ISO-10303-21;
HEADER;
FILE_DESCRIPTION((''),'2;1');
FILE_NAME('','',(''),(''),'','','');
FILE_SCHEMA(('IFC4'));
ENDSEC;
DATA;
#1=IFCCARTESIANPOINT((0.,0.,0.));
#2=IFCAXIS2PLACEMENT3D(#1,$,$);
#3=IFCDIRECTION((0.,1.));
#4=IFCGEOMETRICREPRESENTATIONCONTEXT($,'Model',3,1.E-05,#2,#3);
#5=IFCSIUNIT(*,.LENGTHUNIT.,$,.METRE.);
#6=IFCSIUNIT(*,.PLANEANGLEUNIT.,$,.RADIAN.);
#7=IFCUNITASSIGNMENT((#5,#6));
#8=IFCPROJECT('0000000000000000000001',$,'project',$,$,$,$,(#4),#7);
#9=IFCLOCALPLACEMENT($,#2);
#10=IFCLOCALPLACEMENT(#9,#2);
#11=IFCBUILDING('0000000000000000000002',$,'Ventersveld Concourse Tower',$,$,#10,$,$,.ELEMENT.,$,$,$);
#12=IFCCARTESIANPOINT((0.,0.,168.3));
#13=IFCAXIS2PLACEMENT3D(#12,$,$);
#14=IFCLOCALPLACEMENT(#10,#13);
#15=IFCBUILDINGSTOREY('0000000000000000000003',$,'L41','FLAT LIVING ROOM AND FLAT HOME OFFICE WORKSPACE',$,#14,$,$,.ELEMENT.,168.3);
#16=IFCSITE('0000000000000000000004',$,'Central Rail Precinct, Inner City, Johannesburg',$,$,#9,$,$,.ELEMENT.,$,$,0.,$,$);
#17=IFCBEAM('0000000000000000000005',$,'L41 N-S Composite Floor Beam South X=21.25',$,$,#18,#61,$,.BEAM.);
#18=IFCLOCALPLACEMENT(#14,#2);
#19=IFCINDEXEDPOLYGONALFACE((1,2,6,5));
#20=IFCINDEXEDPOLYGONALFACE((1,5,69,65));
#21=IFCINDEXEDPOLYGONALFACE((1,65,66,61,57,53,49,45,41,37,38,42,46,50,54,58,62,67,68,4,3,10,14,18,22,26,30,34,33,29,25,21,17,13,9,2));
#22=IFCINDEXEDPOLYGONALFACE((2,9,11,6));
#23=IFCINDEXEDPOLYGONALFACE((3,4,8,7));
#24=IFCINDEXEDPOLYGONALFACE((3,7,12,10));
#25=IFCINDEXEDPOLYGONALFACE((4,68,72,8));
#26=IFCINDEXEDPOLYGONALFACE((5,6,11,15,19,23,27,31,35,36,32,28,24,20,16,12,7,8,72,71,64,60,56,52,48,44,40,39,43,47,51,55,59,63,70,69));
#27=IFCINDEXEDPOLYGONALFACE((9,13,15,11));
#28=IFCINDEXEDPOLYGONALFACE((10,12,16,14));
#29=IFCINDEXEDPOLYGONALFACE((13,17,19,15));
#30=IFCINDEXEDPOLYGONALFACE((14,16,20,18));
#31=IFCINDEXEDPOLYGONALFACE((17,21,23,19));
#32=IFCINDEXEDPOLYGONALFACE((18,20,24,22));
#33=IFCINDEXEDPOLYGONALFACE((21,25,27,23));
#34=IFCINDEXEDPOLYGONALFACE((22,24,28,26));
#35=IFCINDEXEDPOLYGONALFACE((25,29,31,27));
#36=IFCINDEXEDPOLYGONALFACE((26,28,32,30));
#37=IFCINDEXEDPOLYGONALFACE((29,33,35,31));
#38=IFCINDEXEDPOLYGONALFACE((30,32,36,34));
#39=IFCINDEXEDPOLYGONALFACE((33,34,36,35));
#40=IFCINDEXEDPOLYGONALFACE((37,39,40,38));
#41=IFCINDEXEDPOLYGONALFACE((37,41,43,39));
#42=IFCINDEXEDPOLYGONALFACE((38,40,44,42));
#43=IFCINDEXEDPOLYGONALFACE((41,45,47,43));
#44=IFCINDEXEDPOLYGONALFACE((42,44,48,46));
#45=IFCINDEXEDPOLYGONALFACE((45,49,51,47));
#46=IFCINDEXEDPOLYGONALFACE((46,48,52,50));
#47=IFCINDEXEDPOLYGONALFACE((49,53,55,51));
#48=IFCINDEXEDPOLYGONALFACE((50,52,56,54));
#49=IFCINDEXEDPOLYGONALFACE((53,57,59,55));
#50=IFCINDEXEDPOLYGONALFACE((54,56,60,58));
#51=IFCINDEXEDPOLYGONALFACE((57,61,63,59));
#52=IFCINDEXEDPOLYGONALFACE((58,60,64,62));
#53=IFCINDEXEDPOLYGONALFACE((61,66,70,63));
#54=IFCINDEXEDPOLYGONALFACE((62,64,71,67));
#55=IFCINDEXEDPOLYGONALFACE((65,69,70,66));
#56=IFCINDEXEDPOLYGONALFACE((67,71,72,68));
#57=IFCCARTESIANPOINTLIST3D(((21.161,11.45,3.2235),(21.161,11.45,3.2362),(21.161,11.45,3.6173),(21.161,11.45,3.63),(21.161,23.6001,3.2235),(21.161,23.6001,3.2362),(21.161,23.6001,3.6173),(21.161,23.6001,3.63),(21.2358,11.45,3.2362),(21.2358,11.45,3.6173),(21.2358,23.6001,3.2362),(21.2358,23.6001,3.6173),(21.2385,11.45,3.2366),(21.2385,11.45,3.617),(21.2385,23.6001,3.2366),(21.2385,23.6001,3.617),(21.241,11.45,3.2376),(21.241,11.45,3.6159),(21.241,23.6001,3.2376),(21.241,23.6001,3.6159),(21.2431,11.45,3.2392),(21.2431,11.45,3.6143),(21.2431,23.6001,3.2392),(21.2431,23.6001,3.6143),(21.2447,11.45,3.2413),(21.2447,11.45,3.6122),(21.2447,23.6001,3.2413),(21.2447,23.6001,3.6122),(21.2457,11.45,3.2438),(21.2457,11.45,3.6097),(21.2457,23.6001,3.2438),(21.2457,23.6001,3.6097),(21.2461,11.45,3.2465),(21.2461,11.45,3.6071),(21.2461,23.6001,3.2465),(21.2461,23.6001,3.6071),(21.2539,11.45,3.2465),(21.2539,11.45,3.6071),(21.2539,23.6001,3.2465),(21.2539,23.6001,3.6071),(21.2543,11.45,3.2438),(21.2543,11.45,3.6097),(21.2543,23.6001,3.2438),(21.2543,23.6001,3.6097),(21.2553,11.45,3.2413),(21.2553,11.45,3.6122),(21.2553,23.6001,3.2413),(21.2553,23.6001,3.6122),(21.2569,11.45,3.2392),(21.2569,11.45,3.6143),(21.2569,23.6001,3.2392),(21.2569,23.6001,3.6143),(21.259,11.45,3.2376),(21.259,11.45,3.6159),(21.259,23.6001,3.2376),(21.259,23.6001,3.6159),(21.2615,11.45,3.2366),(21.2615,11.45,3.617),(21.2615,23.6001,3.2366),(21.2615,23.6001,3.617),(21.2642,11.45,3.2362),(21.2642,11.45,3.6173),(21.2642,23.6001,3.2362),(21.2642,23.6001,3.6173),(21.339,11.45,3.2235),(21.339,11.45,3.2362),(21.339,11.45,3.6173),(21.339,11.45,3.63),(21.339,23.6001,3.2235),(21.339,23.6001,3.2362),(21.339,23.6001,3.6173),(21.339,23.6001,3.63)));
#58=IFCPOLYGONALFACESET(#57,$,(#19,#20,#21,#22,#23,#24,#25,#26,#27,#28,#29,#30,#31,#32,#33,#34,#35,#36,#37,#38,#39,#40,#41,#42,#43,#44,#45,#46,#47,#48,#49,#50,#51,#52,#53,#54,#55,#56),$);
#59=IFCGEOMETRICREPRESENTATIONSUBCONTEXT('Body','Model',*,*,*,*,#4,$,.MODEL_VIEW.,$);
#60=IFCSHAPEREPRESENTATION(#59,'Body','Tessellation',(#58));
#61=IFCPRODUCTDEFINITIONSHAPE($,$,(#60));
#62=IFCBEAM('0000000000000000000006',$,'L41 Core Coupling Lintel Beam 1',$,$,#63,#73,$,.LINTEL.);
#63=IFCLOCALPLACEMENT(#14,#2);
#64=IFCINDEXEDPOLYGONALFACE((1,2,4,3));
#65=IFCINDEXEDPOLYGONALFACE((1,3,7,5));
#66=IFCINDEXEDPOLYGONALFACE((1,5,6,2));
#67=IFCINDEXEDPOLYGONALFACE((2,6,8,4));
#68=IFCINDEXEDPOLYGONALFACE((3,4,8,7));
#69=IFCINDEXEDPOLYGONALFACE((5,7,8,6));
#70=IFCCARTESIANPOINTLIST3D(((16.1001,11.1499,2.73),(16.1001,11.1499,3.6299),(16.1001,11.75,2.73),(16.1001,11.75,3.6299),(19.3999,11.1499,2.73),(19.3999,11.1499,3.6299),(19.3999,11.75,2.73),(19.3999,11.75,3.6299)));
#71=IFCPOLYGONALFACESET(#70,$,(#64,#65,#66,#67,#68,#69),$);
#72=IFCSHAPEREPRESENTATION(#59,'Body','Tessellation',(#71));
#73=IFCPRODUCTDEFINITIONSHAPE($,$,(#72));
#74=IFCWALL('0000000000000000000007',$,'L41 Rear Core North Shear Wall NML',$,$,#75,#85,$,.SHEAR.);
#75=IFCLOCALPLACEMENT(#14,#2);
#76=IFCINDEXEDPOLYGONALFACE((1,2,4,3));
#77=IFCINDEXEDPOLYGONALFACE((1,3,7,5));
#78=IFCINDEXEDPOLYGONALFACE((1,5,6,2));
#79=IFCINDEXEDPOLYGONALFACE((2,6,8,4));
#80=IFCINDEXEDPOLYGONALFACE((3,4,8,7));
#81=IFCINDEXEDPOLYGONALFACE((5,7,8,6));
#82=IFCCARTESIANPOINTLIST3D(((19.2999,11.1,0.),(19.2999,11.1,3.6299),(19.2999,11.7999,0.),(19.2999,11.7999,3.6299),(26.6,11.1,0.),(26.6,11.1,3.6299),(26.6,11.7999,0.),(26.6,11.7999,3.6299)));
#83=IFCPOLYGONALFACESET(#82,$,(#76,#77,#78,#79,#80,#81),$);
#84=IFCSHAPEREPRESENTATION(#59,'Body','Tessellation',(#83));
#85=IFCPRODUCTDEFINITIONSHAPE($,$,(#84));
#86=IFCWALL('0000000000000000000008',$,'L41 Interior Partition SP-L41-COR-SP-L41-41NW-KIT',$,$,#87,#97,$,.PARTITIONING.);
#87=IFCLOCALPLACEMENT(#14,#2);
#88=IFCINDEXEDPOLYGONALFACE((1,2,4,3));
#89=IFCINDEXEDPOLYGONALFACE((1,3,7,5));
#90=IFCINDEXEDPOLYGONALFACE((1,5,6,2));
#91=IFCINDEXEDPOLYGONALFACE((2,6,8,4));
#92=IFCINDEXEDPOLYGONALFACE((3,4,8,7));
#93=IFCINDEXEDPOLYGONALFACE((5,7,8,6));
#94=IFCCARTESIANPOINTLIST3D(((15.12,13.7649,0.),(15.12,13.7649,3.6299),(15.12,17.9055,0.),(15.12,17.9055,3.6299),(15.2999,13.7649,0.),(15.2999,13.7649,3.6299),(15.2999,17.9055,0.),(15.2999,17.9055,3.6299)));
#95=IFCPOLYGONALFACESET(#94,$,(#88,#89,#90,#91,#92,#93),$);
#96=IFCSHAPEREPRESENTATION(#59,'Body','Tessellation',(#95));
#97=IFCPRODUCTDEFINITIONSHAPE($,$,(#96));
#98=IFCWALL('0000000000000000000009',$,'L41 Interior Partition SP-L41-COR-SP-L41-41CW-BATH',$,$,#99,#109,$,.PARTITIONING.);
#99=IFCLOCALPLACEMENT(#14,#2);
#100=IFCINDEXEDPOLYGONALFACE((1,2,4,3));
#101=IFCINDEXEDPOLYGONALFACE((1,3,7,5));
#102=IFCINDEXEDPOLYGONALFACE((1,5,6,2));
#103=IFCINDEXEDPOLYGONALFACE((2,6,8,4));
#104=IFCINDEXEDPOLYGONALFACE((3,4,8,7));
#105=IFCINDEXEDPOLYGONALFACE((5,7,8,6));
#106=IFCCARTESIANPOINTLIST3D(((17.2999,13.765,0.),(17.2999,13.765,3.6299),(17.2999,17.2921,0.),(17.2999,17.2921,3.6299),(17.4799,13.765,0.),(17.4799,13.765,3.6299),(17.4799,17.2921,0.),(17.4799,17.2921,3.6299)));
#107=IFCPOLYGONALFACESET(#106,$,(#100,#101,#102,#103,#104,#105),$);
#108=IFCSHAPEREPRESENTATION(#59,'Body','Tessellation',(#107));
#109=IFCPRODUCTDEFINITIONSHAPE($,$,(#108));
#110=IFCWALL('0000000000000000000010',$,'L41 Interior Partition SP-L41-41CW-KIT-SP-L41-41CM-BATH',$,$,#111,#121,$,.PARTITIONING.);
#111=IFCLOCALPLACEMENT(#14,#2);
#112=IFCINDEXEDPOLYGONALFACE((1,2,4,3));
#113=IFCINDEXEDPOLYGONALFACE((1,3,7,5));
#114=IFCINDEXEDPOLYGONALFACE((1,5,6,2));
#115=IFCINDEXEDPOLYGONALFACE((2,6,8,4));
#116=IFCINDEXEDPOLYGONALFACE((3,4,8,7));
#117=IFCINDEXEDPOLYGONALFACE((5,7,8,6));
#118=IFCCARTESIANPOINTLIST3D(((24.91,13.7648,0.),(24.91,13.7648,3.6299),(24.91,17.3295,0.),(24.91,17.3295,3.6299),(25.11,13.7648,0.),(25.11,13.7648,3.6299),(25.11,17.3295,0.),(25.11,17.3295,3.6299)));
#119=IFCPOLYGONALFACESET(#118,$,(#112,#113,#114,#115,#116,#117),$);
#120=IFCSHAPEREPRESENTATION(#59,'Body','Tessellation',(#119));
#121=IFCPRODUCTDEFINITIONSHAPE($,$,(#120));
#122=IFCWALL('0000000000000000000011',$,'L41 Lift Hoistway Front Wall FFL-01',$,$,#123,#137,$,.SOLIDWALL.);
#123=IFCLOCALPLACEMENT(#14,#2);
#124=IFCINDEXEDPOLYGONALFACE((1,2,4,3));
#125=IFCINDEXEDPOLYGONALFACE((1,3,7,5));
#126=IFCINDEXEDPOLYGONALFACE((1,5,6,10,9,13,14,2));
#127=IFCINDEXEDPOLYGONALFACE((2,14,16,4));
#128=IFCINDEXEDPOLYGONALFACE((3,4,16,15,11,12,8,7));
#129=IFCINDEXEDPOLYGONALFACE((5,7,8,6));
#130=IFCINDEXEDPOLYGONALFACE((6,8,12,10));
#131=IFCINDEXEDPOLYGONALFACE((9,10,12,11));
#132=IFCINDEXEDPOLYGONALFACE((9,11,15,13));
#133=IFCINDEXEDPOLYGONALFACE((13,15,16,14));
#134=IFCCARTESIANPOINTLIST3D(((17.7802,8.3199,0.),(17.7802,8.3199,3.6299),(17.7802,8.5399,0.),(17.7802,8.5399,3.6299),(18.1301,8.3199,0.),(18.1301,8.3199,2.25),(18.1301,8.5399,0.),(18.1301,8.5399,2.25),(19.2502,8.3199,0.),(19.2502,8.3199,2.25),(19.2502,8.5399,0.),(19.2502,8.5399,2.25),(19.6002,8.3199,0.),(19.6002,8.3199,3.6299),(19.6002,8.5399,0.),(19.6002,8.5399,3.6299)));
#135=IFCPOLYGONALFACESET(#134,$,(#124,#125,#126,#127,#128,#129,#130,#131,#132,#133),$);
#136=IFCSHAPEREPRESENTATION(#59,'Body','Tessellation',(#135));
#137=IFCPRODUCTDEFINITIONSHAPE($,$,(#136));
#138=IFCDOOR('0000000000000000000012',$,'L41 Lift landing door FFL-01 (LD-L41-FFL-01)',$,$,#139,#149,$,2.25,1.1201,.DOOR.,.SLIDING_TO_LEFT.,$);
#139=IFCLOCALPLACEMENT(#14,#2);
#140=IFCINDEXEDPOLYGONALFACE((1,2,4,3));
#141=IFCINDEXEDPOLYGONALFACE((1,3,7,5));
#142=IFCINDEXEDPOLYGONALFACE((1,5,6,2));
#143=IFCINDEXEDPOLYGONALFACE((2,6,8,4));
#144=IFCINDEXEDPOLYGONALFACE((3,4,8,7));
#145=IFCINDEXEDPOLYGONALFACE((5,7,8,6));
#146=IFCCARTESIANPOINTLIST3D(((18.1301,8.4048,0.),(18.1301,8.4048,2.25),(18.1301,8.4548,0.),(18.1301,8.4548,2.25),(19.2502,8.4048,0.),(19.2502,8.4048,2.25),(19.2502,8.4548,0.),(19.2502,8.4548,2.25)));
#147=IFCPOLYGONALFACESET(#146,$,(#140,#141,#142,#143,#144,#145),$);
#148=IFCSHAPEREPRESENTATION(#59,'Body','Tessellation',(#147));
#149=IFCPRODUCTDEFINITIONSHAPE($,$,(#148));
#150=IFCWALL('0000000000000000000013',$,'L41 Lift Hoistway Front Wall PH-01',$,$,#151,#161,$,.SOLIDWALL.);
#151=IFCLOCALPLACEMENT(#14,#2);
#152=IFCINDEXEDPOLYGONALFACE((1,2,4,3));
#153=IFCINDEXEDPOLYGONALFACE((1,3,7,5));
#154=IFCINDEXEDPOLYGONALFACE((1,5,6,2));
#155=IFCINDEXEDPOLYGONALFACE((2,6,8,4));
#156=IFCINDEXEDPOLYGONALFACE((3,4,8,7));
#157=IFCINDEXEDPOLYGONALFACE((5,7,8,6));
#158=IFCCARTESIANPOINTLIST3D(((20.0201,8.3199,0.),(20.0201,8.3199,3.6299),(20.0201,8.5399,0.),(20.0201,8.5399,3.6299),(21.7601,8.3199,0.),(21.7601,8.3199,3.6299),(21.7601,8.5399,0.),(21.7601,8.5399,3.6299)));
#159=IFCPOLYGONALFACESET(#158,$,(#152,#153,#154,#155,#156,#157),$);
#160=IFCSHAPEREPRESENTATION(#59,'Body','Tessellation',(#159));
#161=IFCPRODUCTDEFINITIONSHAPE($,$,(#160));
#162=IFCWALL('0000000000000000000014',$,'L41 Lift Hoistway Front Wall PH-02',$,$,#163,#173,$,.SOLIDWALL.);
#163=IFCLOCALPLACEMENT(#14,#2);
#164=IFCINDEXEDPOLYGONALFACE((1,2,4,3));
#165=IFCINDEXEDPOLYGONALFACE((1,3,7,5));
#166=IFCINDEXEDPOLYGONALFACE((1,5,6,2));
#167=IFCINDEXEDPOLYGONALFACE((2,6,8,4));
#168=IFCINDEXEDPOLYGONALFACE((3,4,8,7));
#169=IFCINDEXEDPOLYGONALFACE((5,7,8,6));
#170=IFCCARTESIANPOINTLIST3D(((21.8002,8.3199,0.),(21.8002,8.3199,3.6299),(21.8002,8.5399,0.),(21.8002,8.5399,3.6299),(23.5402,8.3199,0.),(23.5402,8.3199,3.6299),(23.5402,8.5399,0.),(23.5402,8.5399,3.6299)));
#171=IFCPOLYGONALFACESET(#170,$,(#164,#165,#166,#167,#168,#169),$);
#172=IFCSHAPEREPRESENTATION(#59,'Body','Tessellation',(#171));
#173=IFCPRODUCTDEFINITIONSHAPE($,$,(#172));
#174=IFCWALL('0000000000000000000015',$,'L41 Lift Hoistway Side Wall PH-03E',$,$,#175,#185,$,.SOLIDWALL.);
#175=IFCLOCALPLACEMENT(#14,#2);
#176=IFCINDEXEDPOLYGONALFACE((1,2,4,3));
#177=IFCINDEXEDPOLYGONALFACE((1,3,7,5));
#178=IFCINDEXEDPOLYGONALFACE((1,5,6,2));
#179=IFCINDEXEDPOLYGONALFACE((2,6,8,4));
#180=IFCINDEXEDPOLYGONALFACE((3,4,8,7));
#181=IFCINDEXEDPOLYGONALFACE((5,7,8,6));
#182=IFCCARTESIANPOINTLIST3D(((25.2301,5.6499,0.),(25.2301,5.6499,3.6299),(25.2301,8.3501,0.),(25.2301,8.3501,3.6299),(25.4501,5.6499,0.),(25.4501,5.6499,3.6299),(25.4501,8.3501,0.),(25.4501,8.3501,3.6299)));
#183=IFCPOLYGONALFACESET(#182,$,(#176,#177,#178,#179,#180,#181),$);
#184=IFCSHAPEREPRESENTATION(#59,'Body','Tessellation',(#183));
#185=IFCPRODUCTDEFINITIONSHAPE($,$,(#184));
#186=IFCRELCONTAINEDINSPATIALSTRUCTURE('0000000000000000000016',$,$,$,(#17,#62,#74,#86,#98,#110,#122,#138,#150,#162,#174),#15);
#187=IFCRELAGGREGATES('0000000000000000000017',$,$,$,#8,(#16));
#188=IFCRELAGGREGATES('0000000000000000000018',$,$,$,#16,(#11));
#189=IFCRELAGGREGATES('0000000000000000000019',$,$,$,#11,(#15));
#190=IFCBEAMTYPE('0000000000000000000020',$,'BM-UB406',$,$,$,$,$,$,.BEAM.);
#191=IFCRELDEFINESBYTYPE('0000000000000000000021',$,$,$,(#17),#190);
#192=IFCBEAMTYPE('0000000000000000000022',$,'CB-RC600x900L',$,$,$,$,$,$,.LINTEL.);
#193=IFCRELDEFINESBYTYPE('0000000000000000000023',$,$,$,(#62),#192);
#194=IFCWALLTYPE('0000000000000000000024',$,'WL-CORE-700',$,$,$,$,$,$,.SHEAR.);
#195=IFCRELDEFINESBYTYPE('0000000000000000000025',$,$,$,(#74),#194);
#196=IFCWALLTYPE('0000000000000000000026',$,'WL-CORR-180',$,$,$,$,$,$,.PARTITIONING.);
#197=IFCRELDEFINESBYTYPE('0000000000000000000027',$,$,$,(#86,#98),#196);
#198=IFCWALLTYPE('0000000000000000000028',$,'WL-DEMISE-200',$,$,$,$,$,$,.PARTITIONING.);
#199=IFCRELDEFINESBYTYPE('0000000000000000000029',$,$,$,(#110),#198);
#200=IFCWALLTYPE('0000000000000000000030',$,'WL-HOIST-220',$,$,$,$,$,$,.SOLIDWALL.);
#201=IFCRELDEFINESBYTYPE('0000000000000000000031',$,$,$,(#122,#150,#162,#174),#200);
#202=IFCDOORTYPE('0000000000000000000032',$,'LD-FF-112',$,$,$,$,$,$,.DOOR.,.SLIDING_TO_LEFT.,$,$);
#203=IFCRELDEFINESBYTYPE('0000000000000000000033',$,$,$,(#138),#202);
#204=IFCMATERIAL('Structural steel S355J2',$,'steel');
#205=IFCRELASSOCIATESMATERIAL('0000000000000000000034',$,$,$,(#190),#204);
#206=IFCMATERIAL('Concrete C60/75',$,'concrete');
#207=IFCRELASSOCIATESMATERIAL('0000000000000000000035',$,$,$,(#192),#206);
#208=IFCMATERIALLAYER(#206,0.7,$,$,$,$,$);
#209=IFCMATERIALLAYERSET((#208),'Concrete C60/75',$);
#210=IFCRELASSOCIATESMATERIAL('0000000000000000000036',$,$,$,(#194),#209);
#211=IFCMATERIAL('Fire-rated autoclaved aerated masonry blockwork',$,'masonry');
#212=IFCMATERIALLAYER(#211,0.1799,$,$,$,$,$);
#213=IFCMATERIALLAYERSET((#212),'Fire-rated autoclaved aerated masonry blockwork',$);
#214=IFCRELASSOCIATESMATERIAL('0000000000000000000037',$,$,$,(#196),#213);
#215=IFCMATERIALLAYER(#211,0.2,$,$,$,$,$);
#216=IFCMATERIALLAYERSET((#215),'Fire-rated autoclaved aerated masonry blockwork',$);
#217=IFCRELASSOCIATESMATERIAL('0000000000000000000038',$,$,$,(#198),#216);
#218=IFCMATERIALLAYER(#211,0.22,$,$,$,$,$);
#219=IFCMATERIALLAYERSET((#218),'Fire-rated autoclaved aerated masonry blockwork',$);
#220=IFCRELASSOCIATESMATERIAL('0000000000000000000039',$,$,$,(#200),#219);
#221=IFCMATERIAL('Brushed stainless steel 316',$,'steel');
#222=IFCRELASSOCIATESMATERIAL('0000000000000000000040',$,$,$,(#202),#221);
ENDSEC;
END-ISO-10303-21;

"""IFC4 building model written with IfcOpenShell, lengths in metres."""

from ifc_helpers import new_model, si_unit, direction, frame, frame_2d, origin, origin_2d, place, context, subcontext, project, spatial, rectangle, i_section, extrude, material, layer, layer_set, material_profile, profile_set, type_object, element, fill, save


model = new_model("IFC4")

# Units and contexts
model_context = context("Model", 3, precision=1e-05, world=origin(), true_north=direction((0.0, 1.0)))
body_context = subcontext(model_context, "Body", "Model", "MODEL_VIEW")
ifc_project = project(units=[si_unit("LENGTHUNIT", "METRE"), si_unit("PLANEANGLEUNIT", "RADIAN")], contexts=[model_context])

# Site, building, storey
site_placement = place(None, origin())
site = spatial("IfcSite", under=ifc_project, at=site_placement, Name="Central Rail Precinct, Inner City, Johannesburg", CompositionType="ELEMENT", RefElevation=0.0)
building_placement = place(site_placement, origin())
building = spatial("IfcBuilding", under=site, at=building_placement, Name="Ventersveld Concourse Tower", CompositionType="ELEMENT")
storey_placement = place(building_placement, frame((0.0, 0.0, 168.3)))
storey = spatial("IfcBuildingStorey", under=building, at=storey_placement, Name="L41", Description="FLAT LIVING ROOM AND FLAT HOME OFFICE WORKSPACE", CompositionType="ELEMENT", Elevation=168.3)

# Beams
ifc_material_1 = material(Name="Structural steel S355J2", Category="steel")
ifc_material_profile_1 = material_profile(ifc_material_1, i_section(OverallWidth=0.178, OverallDepth=0.4065, WebThickness=0.0078, FlangeThickness=0.0127, FilletRadius=0.0103, at=origin_2d()), Name="UB 406x178x60")
ifc_profile_set_1 = profile_set([ifc_material_profile_1], Name="Structural steel S355J2")
beam_type_1 = type_object("IfcBeamType", Name="BM-UB406", PredefinedType="BEAM", material=ifc_profile_set_1)
beam_1_placement = place(storey_placement, frame((21.25, 11.45, 3.4268), z_axis=(0.0, 1.0, 0.0), x_axis=(-1.0, 0.0, 0.0)))
element("IfcBeam", 1, at=beam_1_placement, inside=storey, type_object=beam_type_1, Name="L41 N-S Composite Floor Beam South X=21.25", PredefinedType="BEAM", context=body_context, shape_type="SweptSolid", body=[
    extrude(i_section(OverallWidth=0.178, OverallDepth=0.4065, WebThickness=0.0078, FlangeThickness=0.0127, FilletRadius=0.0103, at=origin_2d()), origin(), (0.0, 0.0, 1.0), 12.1501),
])
ifc_material_2 = material(Name="Concrete C60/75", Category="concrete")
ifc_material_profile_2 = material_profile(ifc_material_2, rectangle(XDim=0.6001, YDim=0.8999, at=origin_2d()), Name="RC 600x900")
ifc_profile_set_2 = profile_set([ifc_material_profile_2], Name="Concrete C60/75")
beam_type_2 = type_object("IfcBeamType", Name="CB-RC600x900L", PredefinedType="LINTEL", material=ifc_profile_set_2)
beam_2_placement = place(storey_placement, frame((16.1001, 11.45, 3.1799), z_axis=(1.0, 0.0, 0.0), x_axis=(0.0, 1.0, 0.0)))
element("IfcBeam", 2, at=beam_2_placement, inside=storey, type_object=beam_type_2, Name="L41 Core Coupling Lintel Beam 1", PredefinedType="LINTEL", context=body_context, shape_type="SweptSolid", body=[
    extrude(rectangle(XDim=0.6001, YDim=0.8999, at=origin_2d()), origin(), (0.0, 0.0, 1.0), 3.2998),
])

# Walls
ifc_layer_1 = layer(ifc_material_2, 0.7)
ifc_layer_set_1 = layer_set([ifc_layer_1], Name="Concrete C60/75")
wall_type_1 = type_object("IfcWallType", Name="WL-CORE-700", PredefinedType="SHEAR", material=ifc_layer_set_1)
wall_1_placement = place(storey_placement, frame((19.3, 11.45, 0.0), z_axis=(0.0, 0.0, 1.0), x_axis=(1.0, 0.0, 0.0)))
element("IfcWall", 3, at=wall_1_placement, inside=storey, type_object=wall_type_1, Name="L41 Rear Core North Shear Wall NML", PredefinedType="SHEAR", context=body_context, shape_type="SweptSolid", body=[
    extrude(rectangle(XDim=7.3, YDim=0.7, at=frame_2d((3.6499, 0.0))), origin(), (0.0, 0.0, 1.0), 3.6299),
])
ifc_material_3 = material(Name="Fire-rated autoclaved aerated masonry blockwork", Category="masonry")
ifc_layer_2 = layer(ifc_material_3, 0.1799)
ifc_layer_set_2 = layer_set([ifc_layer_2], Name="Fire-rated autoclaved aerated masonry blockwork")
wall_type_2 = type_object("IfcWallType", Name="WL-CORR-180", PredefinedType="PARTITIONING", material=ifc_layer_set_2)
wall_2_placement = place(storey_placement, frame((15.21, 13.7649, 0.0), z_axis=(0.0, 0.0, 1.0), x_axis=(0.0, 1.0, 0.0)))
element("IfcWall", 4, at=wall_2_placement, inside=storey, type_object=wall_type_2, Name="L41 Interior Partition SP-L41-COR-SP-L41-41NW-KIT", PredefinedType="PARTITIONING", context=body_context, shape_type="SweptSolid", body=[
    extrude(rectangle(XDim=4.1406, YDim=0.1799, at=frame_2d((2.0703, 0.0))), origin(), (0.0, 0.0, 1.0), 3.6299),
])
wall_3_placement = place(storey_placement, frame((17.3899, 13.7649, 0.0), z_axis=(0.0, 0.0, 1.0), x_axis=(0.0, 1.0, 0.0)))
element("IfcWall", 5, at=wall_3_placement, inside=storey, type_object=wall_type_2, Name="L41 Interior Partition SP-L41-COR-SP-L41-41CW-BATH", PredefinedType="PARTITIONING", context=body_context, shape_type="SweptSolid", body=[
    extrude(rectangle(XDim=3.5271, YDim=0.1799, at=frame_2d((1.7637, 0.0))), origin(), (0.0, 0.0, 1.0), 3.6299),
])
ifc_layer_3 = layer(ifc_material_3, 0.2)
ifc_layer_set_3 = layer_set([ifc_layer_3], Name="Fire-rated autoclaved aerated masonry blockwork")
wall_type_3 = type_object("IfcWallType", Name="WL-DEMISE-200", PredefinedType="PARTITIONING", material=ifc_layer_set_3)
wall_4_placement = place(storey_placement, frame((25.01, 13.7649, 0.0), z_axis=(0.0, 0.0, 1.0), x_axis=(0.0, 1.0, 0.0)))
element("IfcWall", 6, at=wall_4_placement, inside=storey, type_object=wall_type_3, Name="L41 Interior Partition SP-L41-41CW-KIT-SP-L41-41CM-BATH", PredefinedType="PARTITIONING", context=body_context, shape_type="SweptSolid", body=[
    extrude(rectangle(XDim=3.5647, YDim=0.2, at=frame_2d((1.7822, 0.0))), origin(), (0.0, 0.0, 1.0), 3.6299),
])

# Wall, opening, door
ifc_layer_4 = layer(ifc_material_3, 0.22)
ifc_layer_set_4 = layer_set([ifc_layer_4], Name="Fire-rated autoclaved aerated masonry blockwork")
wall_type_4 = type_object("IfcWallType", Name="WL-HOIST-220", PredefinedType="SOLIDWALL", material=ifc_layer_set_4)
wall_5_placement = place(storey_placement, frame((17.78, 8.4299, 0.0), z_axis=(0.0, 0.0, 1.0), x_axis=(1.0, 0.0, 0.0)))
wall_5 = element("IfcWall", 7, at=wall_5_placement, inside=storey, type_object=wall_type_4, Name="L41 Lift Hoistway Front Wall FFL-01", PredefinedType="SOLIDWALL", context=body_context, shape_type="SweptSolid", body=[
    extrude(rectangle(XDim=1.8201, YDim=0.22, at=frame_2d((0.9102, 0.0))), origin(), (0.0, 0.0, 1.0), 3.6299),
])
opening_1_placement = place(wall_5_placement, frame((0.3501, 0.0, 0.0)))
opening_1 = element("IfcOpeningElement", 8, at=opening_1_placement, cuts=wall_5, PredefinedType="OPENING", context=body_context, shape_type="SweptSolid", body=[
    extrude(rectangle(XDim=1.1201, YDim=2.25, at=frame_2d((0.5601, 1.125))), frame((0.0, 0.1201, 0.0), z_axis=(0.0, -1.0, 0.0), x_axis=(1.0, 0.0, 0.0)), (0.0, 0.0, 1.0), 0.24),
])
ifc_material_4 = material(Name="Brushed stainless steel 316", Category="steel")
door_type_1 = type_object("IfcDoorType", Name="LD-FF-112", OperationType="SLIDING_TO_LEFT", PredefinedType="DOOR", material=ifc_material_4)
door_1_placement = place(opening_1_placement, origin())
door_1 = element("IfcDoor", 9, at=door_1_placement, inside=storey, type_object=door_type_1, Name="L41 Lift landing door FFL-01 (LD-L41-FFL-01)", OperationType="SLIDING_TO_LEFT", OverallHeight=2.25, OverallWidth=1.1201, PredefinedType="DOOR", context=body_context, shape_type="SweptSolid", body=[
    extrude(rectangle(XDim=1.1201, YDim=2.25, at=frame_2d((0.5601, 1.125))), frame((0.0, 0.0249, 0.0), z_axis=(0.0, -1.0, 0.0), x_axis=(1.0, 0.0, 0.0)), (0.0, 0.0, 1.0), 0.05),
])
fill(opening_1, door_1)

# Walls
for number, where, z_axis, x_axis, name in (
    (10, (20.02, 8.4299, 0.0), (0.0, 0.0, 1.0), (1.0, 0.0, 0.0), "L41 Lift Hoistway Front Wall PH-01"),
    (11, (21.8, 8.4299, 0.0), (0.0, 0.0, 1.0), (1.0, 0.0, 0.0), "L41 Lift Hoistway Front Wall PH-02"),
):
    element("IfcWall", number, at=place(storey_placement, frame(where, z_axis=z_axis, x_axis=x_axis)), inside=storey, type_object=wall_type_4, Name=name, PredefinedType="SOLIDWALL", context=body_context, shape_type="SweptSolid", body=[
        extrude(rectangle(XDim=1.74, YDim=0.22, at=frame_2d((0.8701, 0.0))), origin(), (0.0, 0.0, 1.0), 3.6299),
    ])
wall_6_placement = place(storey_placement, frame((25.3401, 5.6499, 0.0), z_axis=(0.0, 0.0, 1.0), x_axis=(0.0, 1.0, 0.0)))
element("IfcWall", 12, at=wall_6_placement, inside=storey, type_object=wall_type_4, Name="L41 Lift Hoistway Side Wall PH-03E", PredefinedType="SOLIDWALL", context=body_context, shape_type="SweptSolid", body=[
    extrude(rectangle(XDim=2.7002, YDim=0.22, at=frame_2d((1.3501, 0.0))), origin(), (0.0, 0.0, 1.0), 3.6299),
])

save(model, "model.ifc")
